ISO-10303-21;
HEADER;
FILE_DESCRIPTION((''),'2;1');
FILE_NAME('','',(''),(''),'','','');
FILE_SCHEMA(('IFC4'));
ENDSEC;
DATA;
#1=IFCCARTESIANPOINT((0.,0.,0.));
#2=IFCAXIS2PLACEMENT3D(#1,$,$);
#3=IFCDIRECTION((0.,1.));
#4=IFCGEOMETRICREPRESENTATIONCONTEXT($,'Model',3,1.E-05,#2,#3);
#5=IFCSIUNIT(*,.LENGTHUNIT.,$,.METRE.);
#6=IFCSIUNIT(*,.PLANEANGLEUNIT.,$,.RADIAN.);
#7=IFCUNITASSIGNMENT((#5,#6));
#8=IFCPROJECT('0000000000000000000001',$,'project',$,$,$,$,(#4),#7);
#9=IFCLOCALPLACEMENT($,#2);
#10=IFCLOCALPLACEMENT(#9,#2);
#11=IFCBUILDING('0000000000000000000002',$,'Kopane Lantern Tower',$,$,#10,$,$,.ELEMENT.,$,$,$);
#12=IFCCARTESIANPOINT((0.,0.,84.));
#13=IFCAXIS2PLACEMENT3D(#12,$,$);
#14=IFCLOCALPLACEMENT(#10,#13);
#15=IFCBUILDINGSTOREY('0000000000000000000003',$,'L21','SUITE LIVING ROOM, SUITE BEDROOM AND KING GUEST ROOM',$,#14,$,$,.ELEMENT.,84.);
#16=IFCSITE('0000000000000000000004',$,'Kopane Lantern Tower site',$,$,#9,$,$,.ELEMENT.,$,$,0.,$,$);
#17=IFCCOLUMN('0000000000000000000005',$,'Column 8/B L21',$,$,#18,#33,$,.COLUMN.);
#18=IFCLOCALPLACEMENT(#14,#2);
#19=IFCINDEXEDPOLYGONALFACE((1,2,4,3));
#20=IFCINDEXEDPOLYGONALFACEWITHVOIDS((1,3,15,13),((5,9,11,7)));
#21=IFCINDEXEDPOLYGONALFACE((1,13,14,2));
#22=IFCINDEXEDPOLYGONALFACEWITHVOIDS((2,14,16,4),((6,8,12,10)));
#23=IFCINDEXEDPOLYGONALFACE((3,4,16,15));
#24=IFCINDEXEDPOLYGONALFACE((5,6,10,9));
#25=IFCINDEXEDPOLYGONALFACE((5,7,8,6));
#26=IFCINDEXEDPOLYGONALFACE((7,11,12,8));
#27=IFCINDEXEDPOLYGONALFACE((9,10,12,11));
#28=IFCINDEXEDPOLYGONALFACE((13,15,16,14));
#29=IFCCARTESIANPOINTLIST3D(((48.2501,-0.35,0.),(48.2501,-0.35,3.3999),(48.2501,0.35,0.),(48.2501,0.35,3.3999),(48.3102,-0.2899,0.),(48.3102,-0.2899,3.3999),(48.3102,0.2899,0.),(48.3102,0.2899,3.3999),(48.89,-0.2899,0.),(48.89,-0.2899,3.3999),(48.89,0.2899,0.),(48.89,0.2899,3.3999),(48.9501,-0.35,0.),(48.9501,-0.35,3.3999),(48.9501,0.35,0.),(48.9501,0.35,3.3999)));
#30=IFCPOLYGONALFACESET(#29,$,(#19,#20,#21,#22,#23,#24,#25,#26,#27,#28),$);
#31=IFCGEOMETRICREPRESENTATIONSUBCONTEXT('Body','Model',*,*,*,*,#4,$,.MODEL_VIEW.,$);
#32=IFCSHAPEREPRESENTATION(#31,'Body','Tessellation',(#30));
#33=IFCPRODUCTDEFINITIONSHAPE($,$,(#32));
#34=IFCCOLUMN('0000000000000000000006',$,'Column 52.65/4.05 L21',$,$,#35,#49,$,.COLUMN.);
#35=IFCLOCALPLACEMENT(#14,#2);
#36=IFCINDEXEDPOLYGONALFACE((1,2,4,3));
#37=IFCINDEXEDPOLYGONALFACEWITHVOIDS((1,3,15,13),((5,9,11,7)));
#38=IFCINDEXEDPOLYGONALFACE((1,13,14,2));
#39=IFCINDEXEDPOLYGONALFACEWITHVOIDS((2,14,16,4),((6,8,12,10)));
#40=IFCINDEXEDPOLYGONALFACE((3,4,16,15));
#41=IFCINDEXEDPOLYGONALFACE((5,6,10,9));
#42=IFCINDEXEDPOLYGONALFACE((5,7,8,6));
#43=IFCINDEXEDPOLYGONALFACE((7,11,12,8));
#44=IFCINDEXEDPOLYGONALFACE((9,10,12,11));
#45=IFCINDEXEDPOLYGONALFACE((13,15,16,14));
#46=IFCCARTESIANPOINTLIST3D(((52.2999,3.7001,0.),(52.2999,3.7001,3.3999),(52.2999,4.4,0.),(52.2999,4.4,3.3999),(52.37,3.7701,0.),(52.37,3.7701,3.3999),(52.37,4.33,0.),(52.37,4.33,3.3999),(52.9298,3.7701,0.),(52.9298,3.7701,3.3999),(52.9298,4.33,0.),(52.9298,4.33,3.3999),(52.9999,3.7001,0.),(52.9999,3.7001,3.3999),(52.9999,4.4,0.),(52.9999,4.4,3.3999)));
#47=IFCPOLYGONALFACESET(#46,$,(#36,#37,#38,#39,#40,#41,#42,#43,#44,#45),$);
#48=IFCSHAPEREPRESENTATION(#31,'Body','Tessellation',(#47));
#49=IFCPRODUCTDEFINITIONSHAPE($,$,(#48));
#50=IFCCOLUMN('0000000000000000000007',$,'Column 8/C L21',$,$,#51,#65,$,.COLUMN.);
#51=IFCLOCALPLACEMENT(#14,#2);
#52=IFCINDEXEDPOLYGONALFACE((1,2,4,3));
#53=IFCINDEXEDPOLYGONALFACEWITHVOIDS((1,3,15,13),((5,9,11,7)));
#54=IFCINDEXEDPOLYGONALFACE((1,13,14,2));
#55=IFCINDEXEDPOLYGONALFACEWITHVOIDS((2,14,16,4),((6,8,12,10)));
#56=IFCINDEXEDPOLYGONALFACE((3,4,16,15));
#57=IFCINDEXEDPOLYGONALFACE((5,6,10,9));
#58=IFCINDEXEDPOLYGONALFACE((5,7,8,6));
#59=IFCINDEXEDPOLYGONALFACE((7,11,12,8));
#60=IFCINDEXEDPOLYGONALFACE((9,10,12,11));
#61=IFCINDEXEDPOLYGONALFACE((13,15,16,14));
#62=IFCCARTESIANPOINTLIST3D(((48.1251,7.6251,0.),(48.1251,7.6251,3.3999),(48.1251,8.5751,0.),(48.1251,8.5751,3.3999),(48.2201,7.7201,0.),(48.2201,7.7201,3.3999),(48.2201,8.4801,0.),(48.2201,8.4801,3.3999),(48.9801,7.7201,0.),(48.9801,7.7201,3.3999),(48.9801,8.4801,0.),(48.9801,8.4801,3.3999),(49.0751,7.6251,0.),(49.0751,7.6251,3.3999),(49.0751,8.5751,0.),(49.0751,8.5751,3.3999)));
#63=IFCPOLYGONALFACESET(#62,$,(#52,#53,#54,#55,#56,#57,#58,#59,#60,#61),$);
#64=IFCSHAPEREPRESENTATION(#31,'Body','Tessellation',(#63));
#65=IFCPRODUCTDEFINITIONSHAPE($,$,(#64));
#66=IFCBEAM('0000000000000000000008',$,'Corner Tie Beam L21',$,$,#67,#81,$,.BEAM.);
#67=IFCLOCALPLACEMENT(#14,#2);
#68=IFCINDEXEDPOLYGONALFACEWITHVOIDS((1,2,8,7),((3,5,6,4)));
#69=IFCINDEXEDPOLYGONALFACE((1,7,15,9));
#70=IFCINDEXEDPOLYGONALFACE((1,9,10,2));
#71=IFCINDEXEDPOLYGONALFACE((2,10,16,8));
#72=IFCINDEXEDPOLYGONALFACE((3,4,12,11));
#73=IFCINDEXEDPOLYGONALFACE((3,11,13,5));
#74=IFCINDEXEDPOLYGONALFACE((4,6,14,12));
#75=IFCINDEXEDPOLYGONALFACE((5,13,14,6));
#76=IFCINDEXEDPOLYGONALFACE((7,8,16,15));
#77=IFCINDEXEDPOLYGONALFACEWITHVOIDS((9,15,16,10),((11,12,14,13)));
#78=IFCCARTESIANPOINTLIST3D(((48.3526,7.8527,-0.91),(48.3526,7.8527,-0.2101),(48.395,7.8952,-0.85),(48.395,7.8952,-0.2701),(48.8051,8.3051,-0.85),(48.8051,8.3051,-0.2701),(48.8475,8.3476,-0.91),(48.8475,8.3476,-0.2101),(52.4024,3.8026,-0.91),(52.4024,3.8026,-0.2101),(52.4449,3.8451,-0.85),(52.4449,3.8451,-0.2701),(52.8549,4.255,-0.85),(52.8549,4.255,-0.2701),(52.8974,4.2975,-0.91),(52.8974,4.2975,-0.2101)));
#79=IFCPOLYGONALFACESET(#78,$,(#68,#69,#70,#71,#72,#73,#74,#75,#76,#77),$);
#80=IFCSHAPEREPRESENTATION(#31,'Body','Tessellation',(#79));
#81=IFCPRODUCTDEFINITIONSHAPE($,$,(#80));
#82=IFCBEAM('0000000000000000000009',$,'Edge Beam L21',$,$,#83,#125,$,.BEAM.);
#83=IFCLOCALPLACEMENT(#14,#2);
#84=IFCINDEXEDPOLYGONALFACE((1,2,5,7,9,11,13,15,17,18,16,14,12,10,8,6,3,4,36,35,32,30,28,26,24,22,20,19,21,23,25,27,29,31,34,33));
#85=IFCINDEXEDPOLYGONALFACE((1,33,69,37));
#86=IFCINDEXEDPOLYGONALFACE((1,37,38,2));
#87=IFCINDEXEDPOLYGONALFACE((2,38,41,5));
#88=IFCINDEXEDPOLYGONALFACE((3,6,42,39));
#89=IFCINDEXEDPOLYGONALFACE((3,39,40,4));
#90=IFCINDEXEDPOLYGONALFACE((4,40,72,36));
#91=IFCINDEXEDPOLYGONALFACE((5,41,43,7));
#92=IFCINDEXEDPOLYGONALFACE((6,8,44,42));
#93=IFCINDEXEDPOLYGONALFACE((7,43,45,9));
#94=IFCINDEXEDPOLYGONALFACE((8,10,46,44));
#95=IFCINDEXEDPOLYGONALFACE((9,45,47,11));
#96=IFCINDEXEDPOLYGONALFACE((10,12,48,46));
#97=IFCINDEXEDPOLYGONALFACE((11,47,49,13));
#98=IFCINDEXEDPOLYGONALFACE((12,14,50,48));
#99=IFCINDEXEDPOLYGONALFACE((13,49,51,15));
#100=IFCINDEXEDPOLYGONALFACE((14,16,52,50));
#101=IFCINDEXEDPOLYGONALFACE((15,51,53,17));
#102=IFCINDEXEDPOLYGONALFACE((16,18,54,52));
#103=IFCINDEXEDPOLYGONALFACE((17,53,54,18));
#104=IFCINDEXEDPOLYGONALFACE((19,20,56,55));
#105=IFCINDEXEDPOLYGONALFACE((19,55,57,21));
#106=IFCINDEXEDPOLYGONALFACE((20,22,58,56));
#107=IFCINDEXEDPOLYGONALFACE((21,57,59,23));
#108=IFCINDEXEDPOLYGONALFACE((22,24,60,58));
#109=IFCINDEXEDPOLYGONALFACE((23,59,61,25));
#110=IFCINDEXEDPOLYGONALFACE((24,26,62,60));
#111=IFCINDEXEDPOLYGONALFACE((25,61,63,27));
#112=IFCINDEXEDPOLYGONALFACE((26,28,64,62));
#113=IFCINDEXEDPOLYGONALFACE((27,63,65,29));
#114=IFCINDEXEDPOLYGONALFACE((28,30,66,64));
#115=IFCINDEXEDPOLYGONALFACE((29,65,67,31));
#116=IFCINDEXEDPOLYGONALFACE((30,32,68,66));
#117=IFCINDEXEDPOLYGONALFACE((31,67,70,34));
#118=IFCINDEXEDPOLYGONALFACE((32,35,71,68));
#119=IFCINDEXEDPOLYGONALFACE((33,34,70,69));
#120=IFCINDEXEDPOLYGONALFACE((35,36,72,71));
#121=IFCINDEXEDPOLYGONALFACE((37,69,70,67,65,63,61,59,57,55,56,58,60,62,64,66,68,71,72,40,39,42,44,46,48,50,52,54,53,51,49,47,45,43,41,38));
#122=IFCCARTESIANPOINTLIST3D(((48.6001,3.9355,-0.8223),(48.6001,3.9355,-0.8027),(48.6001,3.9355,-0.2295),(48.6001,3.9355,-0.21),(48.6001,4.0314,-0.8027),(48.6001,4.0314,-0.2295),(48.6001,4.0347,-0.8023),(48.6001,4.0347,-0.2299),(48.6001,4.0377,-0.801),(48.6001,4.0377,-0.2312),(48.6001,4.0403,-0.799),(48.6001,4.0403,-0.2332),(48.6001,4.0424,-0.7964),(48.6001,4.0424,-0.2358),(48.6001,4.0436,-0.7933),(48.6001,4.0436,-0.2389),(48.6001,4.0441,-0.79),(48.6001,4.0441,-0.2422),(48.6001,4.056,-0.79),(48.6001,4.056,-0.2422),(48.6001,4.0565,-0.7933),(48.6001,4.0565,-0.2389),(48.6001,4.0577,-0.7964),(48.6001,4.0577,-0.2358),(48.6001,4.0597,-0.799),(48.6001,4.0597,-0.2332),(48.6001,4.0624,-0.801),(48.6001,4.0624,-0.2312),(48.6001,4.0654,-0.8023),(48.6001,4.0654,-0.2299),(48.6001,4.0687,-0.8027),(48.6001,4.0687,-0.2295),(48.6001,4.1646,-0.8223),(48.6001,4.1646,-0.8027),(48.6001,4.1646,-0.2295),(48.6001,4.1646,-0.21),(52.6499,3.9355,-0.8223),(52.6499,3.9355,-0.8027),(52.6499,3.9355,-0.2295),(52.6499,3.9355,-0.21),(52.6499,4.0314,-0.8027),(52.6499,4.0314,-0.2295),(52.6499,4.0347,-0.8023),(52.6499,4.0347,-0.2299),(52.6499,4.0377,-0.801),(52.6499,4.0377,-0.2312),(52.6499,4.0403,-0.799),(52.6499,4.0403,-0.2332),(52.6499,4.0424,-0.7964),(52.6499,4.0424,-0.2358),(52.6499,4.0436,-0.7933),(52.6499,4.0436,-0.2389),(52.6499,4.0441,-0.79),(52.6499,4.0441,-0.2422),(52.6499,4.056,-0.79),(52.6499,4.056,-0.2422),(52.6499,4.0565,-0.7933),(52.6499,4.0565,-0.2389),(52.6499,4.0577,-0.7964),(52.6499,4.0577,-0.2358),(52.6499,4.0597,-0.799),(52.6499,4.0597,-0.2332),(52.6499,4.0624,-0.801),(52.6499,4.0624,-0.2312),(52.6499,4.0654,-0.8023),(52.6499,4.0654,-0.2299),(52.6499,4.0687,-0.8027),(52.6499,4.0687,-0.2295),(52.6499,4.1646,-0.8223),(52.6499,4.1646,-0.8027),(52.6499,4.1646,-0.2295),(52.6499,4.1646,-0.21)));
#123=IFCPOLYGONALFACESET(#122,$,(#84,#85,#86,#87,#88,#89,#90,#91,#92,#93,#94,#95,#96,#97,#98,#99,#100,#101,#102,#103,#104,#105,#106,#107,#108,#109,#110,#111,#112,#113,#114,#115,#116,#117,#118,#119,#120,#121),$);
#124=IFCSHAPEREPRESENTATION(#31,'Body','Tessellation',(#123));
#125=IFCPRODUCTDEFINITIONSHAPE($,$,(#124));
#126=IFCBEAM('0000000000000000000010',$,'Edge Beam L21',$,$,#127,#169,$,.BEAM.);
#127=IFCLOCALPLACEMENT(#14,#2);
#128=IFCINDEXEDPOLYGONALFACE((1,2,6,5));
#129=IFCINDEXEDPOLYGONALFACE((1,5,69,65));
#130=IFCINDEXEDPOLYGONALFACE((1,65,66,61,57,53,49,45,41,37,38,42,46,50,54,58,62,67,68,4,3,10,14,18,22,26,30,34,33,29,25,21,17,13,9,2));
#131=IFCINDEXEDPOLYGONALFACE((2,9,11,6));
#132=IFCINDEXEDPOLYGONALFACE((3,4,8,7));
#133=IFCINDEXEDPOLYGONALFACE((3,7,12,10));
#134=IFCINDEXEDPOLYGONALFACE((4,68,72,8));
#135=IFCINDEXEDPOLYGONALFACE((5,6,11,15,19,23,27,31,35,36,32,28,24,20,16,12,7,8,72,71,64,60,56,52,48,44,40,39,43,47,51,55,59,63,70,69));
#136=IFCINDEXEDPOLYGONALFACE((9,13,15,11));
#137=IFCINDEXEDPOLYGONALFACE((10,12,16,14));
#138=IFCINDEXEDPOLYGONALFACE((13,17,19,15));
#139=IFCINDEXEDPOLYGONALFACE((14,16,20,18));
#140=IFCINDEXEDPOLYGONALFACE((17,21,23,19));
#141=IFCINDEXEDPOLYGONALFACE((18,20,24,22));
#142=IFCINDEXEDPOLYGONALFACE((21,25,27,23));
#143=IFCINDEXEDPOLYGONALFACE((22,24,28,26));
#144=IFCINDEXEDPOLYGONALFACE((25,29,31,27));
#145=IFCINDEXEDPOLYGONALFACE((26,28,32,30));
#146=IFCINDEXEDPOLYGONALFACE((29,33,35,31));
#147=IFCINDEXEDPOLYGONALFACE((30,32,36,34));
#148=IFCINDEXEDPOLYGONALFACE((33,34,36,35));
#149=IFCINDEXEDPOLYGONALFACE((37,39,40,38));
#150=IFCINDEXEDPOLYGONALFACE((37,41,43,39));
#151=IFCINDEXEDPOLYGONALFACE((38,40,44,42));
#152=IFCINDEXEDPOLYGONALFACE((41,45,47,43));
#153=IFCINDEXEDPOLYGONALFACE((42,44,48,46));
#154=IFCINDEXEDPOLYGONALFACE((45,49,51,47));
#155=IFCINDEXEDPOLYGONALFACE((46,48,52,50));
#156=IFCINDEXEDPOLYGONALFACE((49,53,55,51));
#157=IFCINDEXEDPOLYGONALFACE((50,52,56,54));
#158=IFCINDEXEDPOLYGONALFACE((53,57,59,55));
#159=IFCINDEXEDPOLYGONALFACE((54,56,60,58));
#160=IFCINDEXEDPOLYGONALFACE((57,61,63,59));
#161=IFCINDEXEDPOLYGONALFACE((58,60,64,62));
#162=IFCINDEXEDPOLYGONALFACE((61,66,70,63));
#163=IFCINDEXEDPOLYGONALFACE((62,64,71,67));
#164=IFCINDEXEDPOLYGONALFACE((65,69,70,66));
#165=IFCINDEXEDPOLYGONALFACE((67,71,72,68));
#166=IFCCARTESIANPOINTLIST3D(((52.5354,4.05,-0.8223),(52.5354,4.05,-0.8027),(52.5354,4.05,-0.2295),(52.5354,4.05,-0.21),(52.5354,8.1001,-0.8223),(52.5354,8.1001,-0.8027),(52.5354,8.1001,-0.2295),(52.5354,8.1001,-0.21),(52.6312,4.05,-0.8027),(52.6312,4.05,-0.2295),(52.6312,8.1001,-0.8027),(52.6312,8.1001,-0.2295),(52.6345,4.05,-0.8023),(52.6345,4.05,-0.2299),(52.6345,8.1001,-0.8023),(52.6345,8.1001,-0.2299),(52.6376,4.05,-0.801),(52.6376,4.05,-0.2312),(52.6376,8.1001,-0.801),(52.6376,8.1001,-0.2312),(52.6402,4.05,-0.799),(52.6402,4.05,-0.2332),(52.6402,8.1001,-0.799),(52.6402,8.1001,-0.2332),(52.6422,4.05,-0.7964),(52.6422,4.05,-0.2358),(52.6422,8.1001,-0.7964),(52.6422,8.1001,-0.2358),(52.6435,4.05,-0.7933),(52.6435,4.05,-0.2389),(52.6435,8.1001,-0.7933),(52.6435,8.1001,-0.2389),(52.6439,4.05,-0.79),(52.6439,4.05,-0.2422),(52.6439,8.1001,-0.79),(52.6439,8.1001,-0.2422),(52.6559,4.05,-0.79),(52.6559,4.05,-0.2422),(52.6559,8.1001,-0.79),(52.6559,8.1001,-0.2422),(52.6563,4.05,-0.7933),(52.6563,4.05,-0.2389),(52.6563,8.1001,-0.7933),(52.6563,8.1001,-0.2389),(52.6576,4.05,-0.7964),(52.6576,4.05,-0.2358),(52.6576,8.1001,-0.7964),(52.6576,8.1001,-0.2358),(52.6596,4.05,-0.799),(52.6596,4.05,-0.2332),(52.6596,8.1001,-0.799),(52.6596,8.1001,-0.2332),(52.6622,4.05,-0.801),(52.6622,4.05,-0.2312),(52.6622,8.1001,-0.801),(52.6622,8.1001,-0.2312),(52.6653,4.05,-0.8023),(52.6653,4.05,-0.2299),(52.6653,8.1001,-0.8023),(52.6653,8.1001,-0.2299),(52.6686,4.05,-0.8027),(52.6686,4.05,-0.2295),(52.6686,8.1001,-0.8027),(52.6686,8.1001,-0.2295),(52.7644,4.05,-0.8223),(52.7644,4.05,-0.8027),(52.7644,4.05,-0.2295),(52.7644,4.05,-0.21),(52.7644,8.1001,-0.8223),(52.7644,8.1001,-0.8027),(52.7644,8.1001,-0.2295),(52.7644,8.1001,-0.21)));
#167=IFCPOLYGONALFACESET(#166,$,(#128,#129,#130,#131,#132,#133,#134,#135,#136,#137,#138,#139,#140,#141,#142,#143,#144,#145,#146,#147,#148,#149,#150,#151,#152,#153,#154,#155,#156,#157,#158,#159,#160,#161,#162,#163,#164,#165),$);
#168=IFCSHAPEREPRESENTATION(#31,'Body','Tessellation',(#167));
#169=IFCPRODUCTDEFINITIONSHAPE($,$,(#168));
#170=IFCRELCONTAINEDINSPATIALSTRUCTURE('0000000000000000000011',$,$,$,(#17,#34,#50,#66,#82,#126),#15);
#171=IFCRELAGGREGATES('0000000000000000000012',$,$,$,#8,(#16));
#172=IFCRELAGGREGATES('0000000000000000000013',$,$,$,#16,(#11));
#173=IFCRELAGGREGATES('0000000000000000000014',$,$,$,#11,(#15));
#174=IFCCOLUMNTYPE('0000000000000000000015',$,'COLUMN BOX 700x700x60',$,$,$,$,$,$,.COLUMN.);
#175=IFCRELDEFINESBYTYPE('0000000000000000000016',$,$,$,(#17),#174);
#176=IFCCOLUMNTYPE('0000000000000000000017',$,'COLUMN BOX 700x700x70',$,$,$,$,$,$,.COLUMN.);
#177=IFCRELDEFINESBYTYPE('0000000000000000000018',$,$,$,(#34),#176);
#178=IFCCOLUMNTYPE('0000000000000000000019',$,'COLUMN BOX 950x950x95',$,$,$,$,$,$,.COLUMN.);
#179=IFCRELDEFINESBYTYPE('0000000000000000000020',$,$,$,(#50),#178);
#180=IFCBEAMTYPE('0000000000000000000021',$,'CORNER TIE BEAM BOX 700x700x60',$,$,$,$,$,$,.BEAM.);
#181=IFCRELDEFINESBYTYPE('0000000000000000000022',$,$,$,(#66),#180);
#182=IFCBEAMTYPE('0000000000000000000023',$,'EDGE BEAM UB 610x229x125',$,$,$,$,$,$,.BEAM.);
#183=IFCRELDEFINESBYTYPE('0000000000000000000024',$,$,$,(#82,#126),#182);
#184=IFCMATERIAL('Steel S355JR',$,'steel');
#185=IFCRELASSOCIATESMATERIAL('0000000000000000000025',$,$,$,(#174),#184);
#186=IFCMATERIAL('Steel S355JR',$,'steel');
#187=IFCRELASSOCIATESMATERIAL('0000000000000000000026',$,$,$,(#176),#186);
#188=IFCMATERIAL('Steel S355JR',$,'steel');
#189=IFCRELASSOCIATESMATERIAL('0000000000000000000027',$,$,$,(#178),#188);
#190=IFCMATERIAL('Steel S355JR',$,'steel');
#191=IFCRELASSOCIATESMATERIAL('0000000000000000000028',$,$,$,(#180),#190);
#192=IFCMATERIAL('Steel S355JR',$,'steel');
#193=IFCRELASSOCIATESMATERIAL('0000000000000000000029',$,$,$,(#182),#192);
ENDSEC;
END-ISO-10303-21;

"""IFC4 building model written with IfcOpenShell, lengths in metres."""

from ifc_helpers import new_model, si_unit, direction, frame, origin, origin_2d, place, context, subcontext, project, spatial, hollow_rectangle, i_section, extrude, material, material_profile, profile_set, type_object, element, save


model = new_model("IFC4")

# Units and contexts
model_context = context("Model", 3, precision=1e-05, world=origin(), true_north=direction((0.0, 1.0)))
body_context = subcontext(model_context, "Body", "Model", "MODEL_VIEW")
ifc_project = project(units=[si_unit("LENGTHUNIT", "METRE"), si_unit("PLANEANGLEUNIT", "RADIAN")], contexts=[model_context])

# Site, building, storey
site_placement = place(None, origin())
site = spatial("IfcSite", under=ifc_project, at=site_placement, Name="Kopane Lantern Tower site", CompositionType="ELEMENT", RefElevation=0.0)
building_placement = place(site_placement, origin())
building = spatial("IfcBuilding", under=site, at=building_placement, Name="Kopane Lantern Tower", CompositionType="ELEMENT")
storey_placement = place(building_placement, frame((0.0, 0.0, 84.0)))
storey = spatial("IfcBuildingStorey", under=building, at=storey_placement, Name="L21", Description="SUITE LIVING ROOM, SUITE BEDROOM AND KING GUEST ROOM", CompositionType="ELEMENT", Elevation=84.0)

# Columns
ifc_material_1 = material(Name="Steel S355JR", Category="steel")
ifc_material_profile_1 = material_profile(ifc_material_1, hollow_rectangle(XDim=0.7, YDim=0.7, WallThickness=0.0601, at=origin_2d()), Name="BOX 700x700x60")
ifc_profile_set_1 = profile_set([ifc_material_profile_1], Name="Steel S355JR")
column_type_1 = type_object("IfcColumnType", Name="COLUMN BOX 700x700x60", PredefinedType="COLUMN", material=ifc_profile_set_1)
column_1_placement = place(storey_placement, frame((48.6001, 0.0, 0.0), z_axis=(0.0, 0.0, 1.0), x_axis=(1.0, 0.0, 0.0)))
element("IfcColumn", 1, at=column_1_placement, inside=storey, type_object=column_type_1, Name="Column 8/B L21", PredefinedType="COLUMN", context=body_context, shape_type="SweptSolid", body=[
    extrude(hollow_rectangle(XDim=0.7, YDim=0.7, WallThickness=0.0601, at=origin_2d()), origin(), (0.0, 0.0, 1.0), 3.3999),
])
ifc_material_2 = material(Name="Steel S355JR", Category="steel")
ifc_material_profile_2 = material_profile(ifc_material_2, hollow_rectangle(XDim=0.7, YDim=0.7, WallThickness=0.0701, at=origin_2d()), Name="BOX 700x700x70")
ifc_profile_set_2 = profile_set([ifc_material_profile_2], Name="Steel S355JR")
column_type_2 = type_object("IfcColumnType", Name="COLUMN BOX 700x700x70", PredefinedType="COLUMN", material=ifc_profile_set_2)
column_2_placement = place(storey_placement, frame((52.6499, 4.05, 0.0), z_axis=(0.0, 0.0, 1.0), x_axis=(1.0, 0.0, 0.0)))
element("IfcColumn", 2, at=column_2_placement, inside=storey, type_object=column_type_2, Name="Column 52.65/4.05 L21", PredefinedType="COLUMN", context=body_context, shape_type="SweptSolid", body=[
    extrude(hollow_rectangle(XDim=0.7, YDim=0.7, WallThickness=0.0701, at=origin_2d()), origin(), (0.0, 0.0, 1.0), 3.3999),
])
ifc_material_3 = material(Name="Steel S355JR", Category="steel")
ifc_material_profile_3 = material_profile(ifc_material_3, hollow_rectangle(XDim=0.95, YDim=0.95, WallThickness=0.095, at=origin_2d()), Name="BOX 950x950x95")
ifc_profile_set_3 = profile_set([ifc_material_profile_3], Name="Steel S355JR")
column_type_3 = type_object("IfcColumnType", Name="COLUMN BOX 950x950x95", PredefinedType="COLUMN", material=ifc_profile_set_3)
column_3_placement = place(storey_placement, frame((48.6001, 8.1001, 0.0), z_axis=(0.0, 0.0, 1.0), x_axis=(1.0, 0.0, 0.0)))
element("IfcColumn", 3, at=column_3_placement, inside=storey, type_object=column_type_3, Name="Column 8/C L21", PredefinedType="COLUMN", context=body_context, shape_type="SweptSolid", body=[
    extrude(hollow_rectangle(XDim=0.95, YDim=0.95, WallThickness=0.095, at=origin_2d()), origin(), (0.0, 0.0, 1.0), 3.3999),
])

# Beams
ifc_material_4 = material(Name="Steel S355JR", Category="steel")
ifc_material_profile_4 = material_profile(ifc_material_4, hollow_rectangle(XDim=0.7, YDim=0.7, WallThickness=0.0601, at=origin_2d()), Name="BOX 700x700x60")
ifc_profile_set_4 = profile_set([ifc_material_profile_4], Name="Steel S355JR")
beam_type_1 = type_object("IfcBeamType", Name="CORNER TIE BEAM BOX 700x700x60", PredefinedType="BEAM", material=ifc_profile_set_4)
beam_1_placement = place(storey_placement, frame((52.6499, 4.05, -0.5601), z_axis=(-0.707085, 0.707128, 0.0), x_axis=(-0.707128, -0.707085, 0.0)))
element("IfcBeam", 4, at=beam_1_placement, inside=storey, type_object=beam_type_1, Name="Corner Tie Beam L21", PredefinedType="BEAM", context=body_context, shape_type="SweptSolid", body=[
    extrude(hollow_rectangle(XDim=0.7, YDim=0.7, WallThickness=0.0601, at=origin_2d()), origin(), (0.0, 0.0, 1.0), 5.7275),
])
ifc_material_5 = material(Name="Steel S355JR", Category="steel")
ifc_material_profile_5 = material_profile(ifc_material_5, i_section(OverallWidth=0.229, OverallDepth=0.6123, WebThickness=0.012, FlangeThickness=0.0195, FilletRadius=0.0127, at=origin_2d()), Name="UB 610x229x125")
ifc_profile_set_5 = profile_set([ifc_material_profile_5], Name="Steel S355JR")
beam_type_2 = type_object("IfcBeamType", Name="EDGE BEAM UB 610x229x125", PredefinedType="BEAM", material=ifc_profile_set_5)
beam_2_placement = place(storey_placement, frame((52.6499, 4.05, -0.5161), z_axis=(-1.0, 0.0, 0.0), x_axis=(0.0, -1.0, 0.0)))
element("IfcBeam", 5, at=beam_2_placement, inside=storey, type_object=beam_type_2, Name="Edge Beam L21", PredefinedType="BEAM", context=body_context, shape_type="SweptSolid", body=[
    extrude(i_section(OverallWidth=0.229, OverallDepth=0.6123, WebThickness=0.012, FlangeThickness=0.0195, FilletRadius=0.0127, at=origin_2d()), origin(), (0.0, 0.0, 1.0), 4.0498),
])
beam_3_placement = place(storey_placement, frame((52.6499, 4.05, -0.5161), z_axis=(0.0, 1.0, 0.0), x_axis=(-1.0, 0.0, 0.0)))
element("IfcBeam", 6, at=beam_3_placement, inside=storey, type_object=beam_type_2, Name="Edge Beam L21", PredefinedType="BEAM", context=body_context, shape_type="SweptSolid", body=[
    extrude(i_section(OverallWidth=0.229, OverallDepth=0.6123, WebThickness=0.012, FlangeThickness=0.0195, FilletRadius=0.0127, at=origin_2d()), origin(), (0.0, 0.0, 1.0), 4.05),
])

save(model, "model.ifc")
